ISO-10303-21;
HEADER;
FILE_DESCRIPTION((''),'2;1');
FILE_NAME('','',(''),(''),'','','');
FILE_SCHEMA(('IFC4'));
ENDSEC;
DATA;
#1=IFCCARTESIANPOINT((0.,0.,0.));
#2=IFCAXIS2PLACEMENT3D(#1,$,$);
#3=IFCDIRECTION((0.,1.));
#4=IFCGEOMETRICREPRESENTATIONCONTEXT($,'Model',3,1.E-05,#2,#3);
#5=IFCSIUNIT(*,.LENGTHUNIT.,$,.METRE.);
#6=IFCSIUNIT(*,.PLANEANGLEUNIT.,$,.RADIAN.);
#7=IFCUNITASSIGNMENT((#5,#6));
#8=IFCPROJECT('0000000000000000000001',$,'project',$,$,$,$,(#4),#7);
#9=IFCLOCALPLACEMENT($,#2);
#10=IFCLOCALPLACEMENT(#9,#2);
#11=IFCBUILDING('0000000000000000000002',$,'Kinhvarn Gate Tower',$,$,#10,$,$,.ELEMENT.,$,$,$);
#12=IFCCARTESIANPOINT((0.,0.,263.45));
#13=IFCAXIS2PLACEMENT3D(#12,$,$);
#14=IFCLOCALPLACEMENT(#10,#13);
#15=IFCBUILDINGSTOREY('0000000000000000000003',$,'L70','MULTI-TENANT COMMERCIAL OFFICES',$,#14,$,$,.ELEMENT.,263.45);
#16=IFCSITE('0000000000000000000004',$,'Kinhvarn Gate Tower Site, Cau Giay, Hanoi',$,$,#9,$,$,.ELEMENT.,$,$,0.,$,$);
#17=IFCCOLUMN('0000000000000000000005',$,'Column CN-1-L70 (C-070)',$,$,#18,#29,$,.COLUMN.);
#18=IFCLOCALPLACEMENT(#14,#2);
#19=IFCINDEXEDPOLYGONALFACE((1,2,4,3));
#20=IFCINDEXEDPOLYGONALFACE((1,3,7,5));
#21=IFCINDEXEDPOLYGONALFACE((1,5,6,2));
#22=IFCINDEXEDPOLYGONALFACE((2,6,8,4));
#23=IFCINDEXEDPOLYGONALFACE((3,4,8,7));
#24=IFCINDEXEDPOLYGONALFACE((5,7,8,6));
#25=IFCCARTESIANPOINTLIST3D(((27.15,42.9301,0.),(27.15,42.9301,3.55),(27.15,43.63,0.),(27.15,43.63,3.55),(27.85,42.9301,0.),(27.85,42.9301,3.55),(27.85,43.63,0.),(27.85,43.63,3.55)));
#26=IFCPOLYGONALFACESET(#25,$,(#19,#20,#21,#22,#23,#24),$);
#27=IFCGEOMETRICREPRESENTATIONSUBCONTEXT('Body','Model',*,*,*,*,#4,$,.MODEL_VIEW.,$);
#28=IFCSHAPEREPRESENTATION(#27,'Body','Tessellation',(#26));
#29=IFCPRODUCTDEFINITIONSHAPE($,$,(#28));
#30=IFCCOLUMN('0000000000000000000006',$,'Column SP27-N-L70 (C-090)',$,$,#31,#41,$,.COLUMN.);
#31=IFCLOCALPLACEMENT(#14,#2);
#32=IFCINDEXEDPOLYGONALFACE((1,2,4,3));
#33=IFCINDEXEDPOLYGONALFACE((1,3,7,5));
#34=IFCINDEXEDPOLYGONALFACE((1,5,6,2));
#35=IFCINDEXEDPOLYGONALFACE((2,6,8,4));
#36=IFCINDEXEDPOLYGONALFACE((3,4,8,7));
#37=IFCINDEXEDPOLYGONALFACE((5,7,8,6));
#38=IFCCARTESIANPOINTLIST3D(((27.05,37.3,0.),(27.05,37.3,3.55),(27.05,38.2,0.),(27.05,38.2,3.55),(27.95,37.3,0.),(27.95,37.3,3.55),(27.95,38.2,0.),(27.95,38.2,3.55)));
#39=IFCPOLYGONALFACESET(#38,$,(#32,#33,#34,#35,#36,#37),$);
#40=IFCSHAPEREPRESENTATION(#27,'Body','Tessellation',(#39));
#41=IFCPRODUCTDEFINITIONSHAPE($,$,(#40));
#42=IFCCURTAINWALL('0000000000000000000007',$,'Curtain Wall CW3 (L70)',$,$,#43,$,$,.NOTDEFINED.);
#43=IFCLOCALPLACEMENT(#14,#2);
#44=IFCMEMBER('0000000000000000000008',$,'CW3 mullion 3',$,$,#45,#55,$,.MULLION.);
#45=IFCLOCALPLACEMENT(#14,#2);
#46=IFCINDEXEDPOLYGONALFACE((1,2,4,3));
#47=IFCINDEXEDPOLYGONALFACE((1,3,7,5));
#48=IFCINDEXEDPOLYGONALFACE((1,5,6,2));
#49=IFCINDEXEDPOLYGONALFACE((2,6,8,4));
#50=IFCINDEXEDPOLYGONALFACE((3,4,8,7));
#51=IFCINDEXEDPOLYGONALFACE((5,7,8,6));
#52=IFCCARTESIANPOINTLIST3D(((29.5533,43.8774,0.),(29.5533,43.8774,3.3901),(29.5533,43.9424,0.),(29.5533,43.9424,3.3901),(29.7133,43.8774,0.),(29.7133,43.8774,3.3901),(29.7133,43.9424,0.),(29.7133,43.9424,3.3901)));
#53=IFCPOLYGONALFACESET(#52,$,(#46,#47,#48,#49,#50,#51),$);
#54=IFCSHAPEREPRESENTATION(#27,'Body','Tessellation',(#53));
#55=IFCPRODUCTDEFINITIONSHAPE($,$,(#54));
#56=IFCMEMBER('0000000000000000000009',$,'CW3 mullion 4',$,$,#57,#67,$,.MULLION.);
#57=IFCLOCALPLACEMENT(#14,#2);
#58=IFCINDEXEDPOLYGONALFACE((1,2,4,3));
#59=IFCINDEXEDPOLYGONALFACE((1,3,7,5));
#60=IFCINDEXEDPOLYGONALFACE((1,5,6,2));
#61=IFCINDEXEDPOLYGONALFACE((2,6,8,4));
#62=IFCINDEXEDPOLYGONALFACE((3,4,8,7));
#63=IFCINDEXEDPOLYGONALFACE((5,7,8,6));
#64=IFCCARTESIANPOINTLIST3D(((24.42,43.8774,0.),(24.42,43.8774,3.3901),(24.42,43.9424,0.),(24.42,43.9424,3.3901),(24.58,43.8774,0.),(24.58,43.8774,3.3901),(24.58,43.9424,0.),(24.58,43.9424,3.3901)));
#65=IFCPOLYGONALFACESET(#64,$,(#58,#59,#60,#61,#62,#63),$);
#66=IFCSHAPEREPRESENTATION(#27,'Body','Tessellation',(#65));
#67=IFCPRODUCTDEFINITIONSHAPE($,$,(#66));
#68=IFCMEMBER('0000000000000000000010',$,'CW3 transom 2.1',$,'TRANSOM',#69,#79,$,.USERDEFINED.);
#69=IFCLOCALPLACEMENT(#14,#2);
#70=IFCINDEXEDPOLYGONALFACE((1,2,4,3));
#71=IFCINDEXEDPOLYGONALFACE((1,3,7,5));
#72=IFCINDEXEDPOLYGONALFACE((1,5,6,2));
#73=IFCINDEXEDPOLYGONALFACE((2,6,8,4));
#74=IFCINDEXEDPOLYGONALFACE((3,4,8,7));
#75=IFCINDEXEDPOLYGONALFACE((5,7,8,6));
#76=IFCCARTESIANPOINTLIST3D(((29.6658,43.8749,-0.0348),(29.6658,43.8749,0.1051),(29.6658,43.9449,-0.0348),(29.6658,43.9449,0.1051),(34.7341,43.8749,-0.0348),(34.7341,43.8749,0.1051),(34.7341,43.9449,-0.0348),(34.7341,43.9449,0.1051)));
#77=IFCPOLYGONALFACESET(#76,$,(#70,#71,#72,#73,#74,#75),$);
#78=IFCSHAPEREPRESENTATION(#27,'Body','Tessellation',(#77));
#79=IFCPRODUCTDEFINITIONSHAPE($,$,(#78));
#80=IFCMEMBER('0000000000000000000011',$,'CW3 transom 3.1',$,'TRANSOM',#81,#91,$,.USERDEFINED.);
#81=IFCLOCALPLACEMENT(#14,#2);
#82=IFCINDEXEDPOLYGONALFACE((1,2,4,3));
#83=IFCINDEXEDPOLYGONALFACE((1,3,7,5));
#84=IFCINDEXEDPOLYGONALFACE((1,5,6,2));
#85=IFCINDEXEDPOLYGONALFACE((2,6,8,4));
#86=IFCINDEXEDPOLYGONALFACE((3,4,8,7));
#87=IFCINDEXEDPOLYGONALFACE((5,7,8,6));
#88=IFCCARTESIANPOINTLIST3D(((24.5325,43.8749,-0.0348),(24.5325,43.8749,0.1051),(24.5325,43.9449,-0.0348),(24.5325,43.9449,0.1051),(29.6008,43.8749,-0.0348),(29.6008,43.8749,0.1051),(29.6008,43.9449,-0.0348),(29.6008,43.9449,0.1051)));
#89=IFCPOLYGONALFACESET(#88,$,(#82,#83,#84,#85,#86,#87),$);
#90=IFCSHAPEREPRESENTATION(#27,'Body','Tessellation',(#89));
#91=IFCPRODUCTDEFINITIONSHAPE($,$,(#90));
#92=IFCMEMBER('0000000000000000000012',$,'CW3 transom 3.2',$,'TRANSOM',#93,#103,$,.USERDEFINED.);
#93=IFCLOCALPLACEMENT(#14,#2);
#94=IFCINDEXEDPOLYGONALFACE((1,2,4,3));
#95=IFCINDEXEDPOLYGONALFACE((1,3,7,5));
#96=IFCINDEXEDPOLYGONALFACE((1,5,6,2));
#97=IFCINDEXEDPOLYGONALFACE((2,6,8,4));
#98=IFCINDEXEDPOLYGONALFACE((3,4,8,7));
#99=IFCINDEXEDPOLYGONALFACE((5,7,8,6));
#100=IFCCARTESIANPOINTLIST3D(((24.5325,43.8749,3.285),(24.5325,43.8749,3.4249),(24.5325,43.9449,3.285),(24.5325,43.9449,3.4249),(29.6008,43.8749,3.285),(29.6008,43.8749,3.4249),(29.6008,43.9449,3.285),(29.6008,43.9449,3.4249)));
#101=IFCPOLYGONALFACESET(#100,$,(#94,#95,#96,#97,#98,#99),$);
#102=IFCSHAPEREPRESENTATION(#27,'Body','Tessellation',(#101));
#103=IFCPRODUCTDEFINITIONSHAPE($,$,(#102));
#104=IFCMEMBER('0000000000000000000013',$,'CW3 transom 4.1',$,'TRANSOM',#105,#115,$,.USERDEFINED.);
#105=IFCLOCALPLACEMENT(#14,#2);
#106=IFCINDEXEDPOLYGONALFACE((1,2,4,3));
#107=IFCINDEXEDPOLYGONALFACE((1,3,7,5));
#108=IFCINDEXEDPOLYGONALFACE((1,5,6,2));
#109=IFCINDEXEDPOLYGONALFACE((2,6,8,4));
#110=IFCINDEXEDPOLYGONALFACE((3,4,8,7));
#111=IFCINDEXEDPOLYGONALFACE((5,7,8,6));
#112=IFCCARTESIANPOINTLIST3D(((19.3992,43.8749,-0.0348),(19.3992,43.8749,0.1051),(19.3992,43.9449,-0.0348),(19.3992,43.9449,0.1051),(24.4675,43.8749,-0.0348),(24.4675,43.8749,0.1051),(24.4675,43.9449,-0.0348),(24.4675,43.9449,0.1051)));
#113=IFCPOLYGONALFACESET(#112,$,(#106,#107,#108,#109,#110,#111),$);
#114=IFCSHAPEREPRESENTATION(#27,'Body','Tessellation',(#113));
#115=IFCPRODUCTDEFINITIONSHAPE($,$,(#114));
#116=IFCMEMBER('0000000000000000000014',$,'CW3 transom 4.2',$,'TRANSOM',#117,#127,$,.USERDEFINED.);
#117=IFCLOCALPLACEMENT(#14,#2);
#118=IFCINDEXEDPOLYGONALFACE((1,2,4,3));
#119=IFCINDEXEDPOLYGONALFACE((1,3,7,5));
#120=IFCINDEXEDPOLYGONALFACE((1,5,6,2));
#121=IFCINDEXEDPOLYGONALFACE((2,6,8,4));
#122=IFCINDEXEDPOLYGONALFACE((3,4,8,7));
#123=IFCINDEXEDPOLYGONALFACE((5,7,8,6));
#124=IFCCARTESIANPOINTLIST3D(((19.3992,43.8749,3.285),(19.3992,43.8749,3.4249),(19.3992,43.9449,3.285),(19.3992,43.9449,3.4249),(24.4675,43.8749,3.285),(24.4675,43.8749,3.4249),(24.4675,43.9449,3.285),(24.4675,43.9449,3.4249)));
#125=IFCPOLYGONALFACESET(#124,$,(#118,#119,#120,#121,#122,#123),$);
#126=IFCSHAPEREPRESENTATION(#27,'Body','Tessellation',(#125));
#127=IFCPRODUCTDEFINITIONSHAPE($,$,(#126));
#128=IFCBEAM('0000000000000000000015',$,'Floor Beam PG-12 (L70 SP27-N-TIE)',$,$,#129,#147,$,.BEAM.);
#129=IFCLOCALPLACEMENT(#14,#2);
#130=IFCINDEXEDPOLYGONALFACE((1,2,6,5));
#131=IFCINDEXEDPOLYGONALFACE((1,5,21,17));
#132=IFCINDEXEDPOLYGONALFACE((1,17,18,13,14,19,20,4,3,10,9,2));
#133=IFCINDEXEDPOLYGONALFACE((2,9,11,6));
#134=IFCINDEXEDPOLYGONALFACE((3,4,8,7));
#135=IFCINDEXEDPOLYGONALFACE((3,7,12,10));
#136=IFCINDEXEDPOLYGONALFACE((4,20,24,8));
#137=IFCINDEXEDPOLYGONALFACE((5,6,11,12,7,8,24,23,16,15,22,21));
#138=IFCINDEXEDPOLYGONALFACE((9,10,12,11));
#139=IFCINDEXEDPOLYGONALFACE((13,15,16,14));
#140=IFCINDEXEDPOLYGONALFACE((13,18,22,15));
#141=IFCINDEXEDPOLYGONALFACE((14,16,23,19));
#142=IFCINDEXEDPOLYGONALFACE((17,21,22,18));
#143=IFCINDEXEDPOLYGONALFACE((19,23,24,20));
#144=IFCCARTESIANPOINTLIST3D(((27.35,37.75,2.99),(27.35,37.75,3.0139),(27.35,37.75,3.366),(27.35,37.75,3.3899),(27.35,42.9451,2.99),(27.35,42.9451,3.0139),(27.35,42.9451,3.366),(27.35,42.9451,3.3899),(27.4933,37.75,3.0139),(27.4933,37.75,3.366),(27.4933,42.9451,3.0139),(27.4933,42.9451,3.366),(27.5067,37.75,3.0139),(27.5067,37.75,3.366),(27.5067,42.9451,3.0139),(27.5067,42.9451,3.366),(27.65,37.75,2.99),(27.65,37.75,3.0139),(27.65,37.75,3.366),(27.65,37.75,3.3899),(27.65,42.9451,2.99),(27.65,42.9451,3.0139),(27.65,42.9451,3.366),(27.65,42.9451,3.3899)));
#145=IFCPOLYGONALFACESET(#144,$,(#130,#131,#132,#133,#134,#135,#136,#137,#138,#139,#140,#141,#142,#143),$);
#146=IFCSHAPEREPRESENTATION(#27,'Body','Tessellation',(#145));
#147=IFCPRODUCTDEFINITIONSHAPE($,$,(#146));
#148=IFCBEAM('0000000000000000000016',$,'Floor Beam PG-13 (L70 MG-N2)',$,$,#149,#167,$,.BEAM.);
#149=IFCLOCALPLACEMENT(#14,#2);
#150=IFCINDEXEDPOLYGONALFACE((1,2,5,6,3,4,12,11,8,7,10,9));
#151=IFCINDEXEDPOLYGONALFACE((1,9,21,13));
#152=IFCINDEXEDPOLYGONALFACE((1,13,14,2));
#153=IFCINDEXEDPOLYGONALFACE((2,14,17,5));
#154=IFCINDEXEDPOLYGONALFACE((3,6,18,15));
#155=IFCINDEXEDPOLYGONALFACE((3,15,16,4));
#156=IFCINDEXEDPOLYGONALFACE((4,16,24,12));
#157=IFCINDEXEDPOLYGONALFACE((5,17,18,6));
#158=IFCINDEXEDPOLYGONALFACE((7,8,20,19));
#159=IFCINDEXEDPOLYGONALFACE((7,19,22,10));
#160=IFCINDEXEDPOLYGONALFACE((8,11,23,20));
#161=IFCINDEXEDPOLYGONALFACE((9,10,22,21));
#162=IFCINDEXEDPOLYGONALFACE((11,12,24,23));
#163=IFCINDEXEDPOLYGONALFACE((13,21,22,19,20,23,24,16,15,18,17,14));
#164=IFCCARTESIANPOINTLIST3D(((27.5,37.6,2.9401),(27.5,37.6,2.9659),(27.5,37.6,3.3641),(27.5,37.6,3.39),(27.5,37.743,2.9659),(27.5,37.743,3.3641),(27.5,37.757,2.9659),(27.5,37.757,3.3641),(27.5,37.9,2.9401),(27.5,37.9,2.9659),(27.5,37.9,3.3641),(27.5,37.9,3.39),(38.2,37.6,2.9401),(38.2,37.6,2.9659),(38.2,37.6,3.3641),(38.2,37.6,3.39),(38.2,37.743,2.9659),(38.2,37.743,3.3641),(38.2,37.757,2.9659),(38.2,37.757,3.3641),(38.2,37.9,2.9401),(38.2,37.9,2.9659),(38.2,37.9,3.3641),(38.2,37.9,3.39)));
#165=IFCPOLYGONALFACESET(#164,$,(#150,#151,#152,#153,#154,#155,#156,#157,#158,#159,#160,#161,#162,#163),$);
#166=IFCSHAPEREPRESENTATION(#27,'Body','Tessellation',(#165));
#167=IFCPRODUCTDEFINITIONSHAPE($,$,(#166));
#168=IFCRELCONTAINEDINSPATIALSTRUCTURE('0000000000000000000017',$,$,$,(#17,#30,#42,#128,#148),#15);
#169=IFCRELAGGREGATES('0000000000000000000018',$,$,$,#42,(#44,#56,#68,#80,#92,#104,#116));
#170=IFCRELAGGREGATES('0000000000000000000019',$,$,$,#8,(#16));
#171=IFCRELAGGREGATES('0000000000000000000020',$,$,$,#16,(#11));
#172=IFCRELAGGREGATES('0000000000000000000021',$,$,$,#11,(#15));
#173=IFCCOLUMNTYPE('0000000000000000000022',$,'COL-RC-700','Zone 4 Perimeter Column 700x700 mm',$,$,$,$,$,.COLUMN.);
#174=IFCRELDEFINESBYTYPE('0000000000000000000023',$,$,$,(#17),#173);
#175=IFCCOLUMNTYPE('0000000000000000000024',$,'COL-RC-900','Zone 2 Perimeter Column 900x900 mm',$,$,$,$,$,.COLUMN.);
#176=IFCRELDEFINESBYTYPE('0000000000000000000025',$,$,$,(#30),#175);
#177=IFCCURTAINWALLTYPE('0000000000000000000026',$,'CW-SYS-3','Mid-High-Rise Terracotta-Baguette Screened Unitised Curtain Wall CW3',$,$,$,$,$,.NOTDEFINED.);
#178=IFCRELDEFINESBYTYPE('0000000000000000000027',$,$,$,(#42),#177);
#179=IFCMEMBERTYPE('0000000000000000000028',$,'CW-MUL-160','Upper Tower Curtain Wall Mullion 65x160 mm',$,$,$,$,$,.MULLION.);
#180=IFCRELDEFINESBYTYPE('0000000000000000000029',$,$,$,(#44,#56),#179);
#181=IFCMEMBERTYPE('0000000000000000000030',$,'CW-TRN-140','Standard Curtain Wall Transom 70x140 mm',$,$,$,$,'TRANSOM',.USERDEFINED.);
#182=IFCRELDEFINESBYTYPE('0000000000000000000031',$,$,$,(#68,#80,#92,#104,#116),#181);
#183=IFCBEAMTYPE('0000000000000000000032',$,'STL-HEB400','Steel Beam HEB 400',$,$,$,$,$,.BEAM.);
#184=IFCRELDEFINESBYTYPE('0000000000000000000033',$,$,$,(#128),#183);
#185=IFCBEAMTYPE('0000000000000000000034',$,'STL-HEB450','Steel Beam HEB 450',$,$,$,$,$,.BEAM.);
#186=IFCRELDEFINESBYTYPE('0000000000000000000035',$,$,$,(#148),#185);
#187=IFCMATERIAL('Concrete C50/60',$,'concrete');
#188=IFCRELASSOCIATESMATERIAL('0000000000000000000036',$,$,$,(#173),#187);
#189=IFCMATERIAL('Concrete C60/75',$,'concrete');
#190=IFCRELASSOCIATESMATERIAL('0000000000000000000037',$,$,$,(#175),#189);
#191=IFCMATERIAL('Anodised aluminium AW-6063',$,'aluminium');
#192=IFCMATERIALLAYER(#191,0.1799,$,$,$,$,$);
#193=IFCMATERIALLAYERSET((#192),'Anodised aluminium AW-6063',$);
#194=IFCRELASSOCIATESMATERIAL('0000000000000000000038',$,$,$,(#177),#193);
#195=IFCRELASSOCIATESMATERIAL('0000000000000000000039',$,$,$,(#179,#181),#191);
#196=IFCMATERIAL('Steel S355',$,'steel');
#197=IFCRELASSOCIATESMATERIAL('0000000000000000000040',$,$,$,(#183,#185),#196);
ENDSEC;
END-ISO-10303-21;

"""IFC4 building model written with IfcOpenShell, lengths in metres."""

from ifc_helpers import new_model, si_unit, direction, frame, origin, origin_2d, place, context, subcontext, project, spatial, rectangle, i_section, extrude, material, layer, layer_set, material_profile, profile_set, type_object, element, aggregate, save


model = new_model("IFC4")

# Units and contexts
model_context = context("Model", 3, precision=1e-05, world=origin(), true_north=direction((0.0, 1.0)))
body_context = subcontext(model_context, "Body", "Model", "MODEL_VIEW")
ifc_project = project(units=[si_unit("LENGTHUNIT", "METRE"), si_unit("PLANEANGLEUNIT", "RADIAN")], contexts=[model_context])

# Site, building, storey
site_placement = place(None, origin())
site = spatial("IfcSite", under=ifc_project, at=site_placement, Name="Kinhvarn Gate Tower Site, Cau Giay, Hanoi", CompositionType="ELEMENT", RefElevation=0.0)
building_placement = place(site_placement, origin())
building = spatial("IfcBuilding", under=site, at=building_placement, Name="Kinhvarn Gate Tower", CompositionType="ELEMENT")
storey_placement = place(building_placement, frame((0.0, 0.0, 263.45)))
storey = spatial("IfcBuildingStorey", under=building, at=storey_placement, Name="L70", Description="MULTI-TENANT COMMERCIAL OFFICES", CompositionType="ELEMENT", Elevation=263.45)

# Columns
ifc_material_1 = material(Name="Concrete C50/60", Category="concrete")
ifc_material_profile_1 = material_profile(ifc_material_1, rectangle(XDim=0.7, YDim=0.7, at=origin_2d()), Name="RC 700x700")
ifc_profile_set_1 = profile_set([ifc_material_profile_1], Name="Concrete C50/60")
column_type_1 = type_object("IfcColumnType", Name="COL-RC-700", Description="Zone 4 Perimeter Column 700x700 mm", PredefinedType="COLUMN", material=ifc_profile_set_1)
column_1_placement = place(storey_placement, frame((27.5, 43.28, 0.0), z_axis=(0.0, 0.0, 1.0), x_axis=(1.0, 0.0, 0.0)))
element("IfcColumn", 1, at=column_1_placement, inside=storey, type_object=column_type_1, Name="Column CN-1-L70 (C-070)", PredefinedType="COLUMN", context=body_context, shape_type="SweptSolid", body=[
    extrude(rectangle(XDim=0.7, YDim=0.7, at=origin_2d()), origin(), (0.0, 0.0, 1.0), 3.55),
])
ifc_material_2 = material(Name="Concrete C60/75", Category="concrete")
ifc_material_profile_2 = material_profile(ifc_material_2, rectangle(XDim=0.8999, YDim=0.8999, at=origin_2d()), Name="RC 900x900")
ifc_profile_set_2 = profile_set([ifc_material_profile_2], Name="Concrete C60/75")
column_type_2 = type_object("IfcColumnType", Name="COL-RC-900", Description="Zone 2 Perimeter Column 900x900 mm", PredefinedType="COLUMN", material=ifc_profile_set_2)
column_2_placement = place(storey_placement, frame((27.5, 37.75, 0.0), z_axis=(0.0, 0.0, 1.0), x_axis=(1.0, 0.0, 0.0)))
element("IfcColumn", 2, at=column_2_placement, inside=storey, type_object=column_type_2, Name="Column SP27-N-L70 (C-090)", PredefinedType="COLUMN", context=body_context, shape_type="SweptSolid", body=[
    extrude(rectangle(XDim=0.8999, YDim=0.8999, at=origin_2d()), origin(), (0.0, 0.0, 1.0), 3.55),
])

# Curtain wall, members
ifc_material_3 = material(Name="Anodised aluminium AW-6063", Category="aluminium")
ifc_layer_1 = layer(ifc_material_3, 0.1799)
ifc_layer_set_1 = layer_set([ifc_layer_1], Name="Anodised aluminium AW-6063")
curtain_wall_type = type_object("IfcCurtainWallType", Name="CW-SYS-3", Description="Mid-High-Rise Terracotta-Baguette Screened Unitised Curtain Wall CW3", PredefinedType="NOTDEFINED", material=ifc_layer_set_1)
curtain_wall_placement = place(storey_placement, origin())
curtain_wall = element("IfcCurtainWall", 3, at=curtain_wall_placement, inside=storey, type_object=curtain_wall_type, Name="Curtain Wall CW3 (L70)", PredefinedType="NOTDEFINED")
ifc_material_profile_3 = material_profile(ifc_material_3, rectangle(XDim=0.0649, YDim=0.1599, at=origin_2d()), Name="ALU 65x160")
ifc_profile_set_3 = profile_set([ifc_material_profile_3], Name="Anodised aluminium AW-6063")
member_type_1 = type_object("IfcMemberType", Name="CW-MUL-160", Description="Upper Tower Curtain Wall Mullion 65x160 mm", PredefinedType="MULLION", material=ifc_profile_set_3)
member_1_placement = place(storey_placement, frame((29.6333, 43.9099, 0.0), z_axis=(0.0, 0.0, 1.0), x_axis=(0.0, -1.0, 0.0)))
member_1 = element("IfcMember", 4, at=member_1_placement, type_object=member_type_1, Name="CW3 mullion 3", PredefinedType="MULLION", context=body_context, shape_type="SweptSolid", body=[
    extrude(rectangle(XDim=0.0649, YDim=0.1599, at=origin_2d()), origin(), (0.0, 0.0, 1.0), 3.3901),
])
member_2_placement = place(storey_placement, frame((24.5, 43.9099, 0.0), z_axis=(0.0, 0.0, 1.0), x_axis=(0.0, -1.0, 0.0)))
member_2 = element("IfcMember", 5, at=member_2_placement, type_object=member_type_1, Name="CW3 mullion 4", PredefinedType="MULLION", context=body_context, shape_type="SweptSolid", body=[
    extrude(rectangle(XDim=0.0649, YDim=0.1599, at=origin_2d()), origin(), (0.0, 0.0, 1.0), 3.3901),
])
ifc_material_profile_4 = material_profile(ifc_material_3, rectangle(XDim=0.0701, YDim=0.1399, at=origin_2d()), Name="ALU 70x140")
ifc_profile_set_4 = profile_set([ifc_material_profile_4], Name="Anodised aluminium AW-6063")
member_type_2 = type_object("IfcMemberType", Name="CW-TRN-140", Description="Standard Curtain Wall Transom 70x140 mm", ElementType="TRANSOM", PredefinedType="USERDEFINED", material=ifc_profile_set_4)
member_3_placement = place(storey_placement, frame((34.7341, 43.9099, 0.0352), z_axis=(-1.0, 0.0, 0.0), x_axis=(0.0, -1.0, 0.0)))
member_3 = element("IfcMember", 6, at=member_3_placement, type_object=member_type_2, Name="CW3 transom 2.1", ObjectType="TRANSOM", PredefinedType="USERDEFINED", context=body_context, shape_type="SweptSolid", body=[
    extrude(rectangle(XDim=0.0701, YDim=0.1399, at=origin_2d()), origin(), (0.0, 0.0, 1.0), 5.0684),
])
member_4_placement = place(storey_placement, frame((29.6008, 43.9099, 0.0352), z_axis=(-1.0, 0.0, 0.0), x_axis=(0.0, -1.0, 0.0)))
member_4 = element("IfcMember", 7, at=member_4_placement, type_object=member_type_2, Name="CW3 transom 3.1", ObjectType="TRANSOM", PredefinedType="USERDEFINED", context=body_context, shape_type="SweptSolid", body=[
    extrude(rectangle(XDim=0.0701, YDim=0.1399, at=origin_2d()), origin(), (0.0, 0.0, 1.0), 5.0684),
])
member_5_placement = place(storey_placement, frame((29.6008, 43.9099, 3.355), z_axis=(-1.0, 0.0, 0.0), x_axis=(0.0, -1.0, 0.0)))
member_5 = element("IfcMember", 8, at=member_5_placement, type_object=member_type_2, Name="CW3 transom 3.2", ObjectType="TRANSOM", PredefinedType="USERDEFINED", context=body_context, shape_type="SweptSolid", body=[
    extrude(rectangle(XDim=0.0701, YDim=0.1399, at=origin_2d()), origin(), (0.0, 0.0, 1.0), 5.0684),
])
member_6_placement = place(storey_placement, frame((24.4675, 43.9099, 0.0352), z_axis=(-1.0, 0.0, 0.0), x_axis=(0.0, -1.0, 0.0)))
member_6 = element("IfcMember", 9, at=member_6_placement, type_object=member_type_2, Name="CW3 transom 4.1", ObjectType="TRANSOM", PredefinedType="USERDEFINED", context=body_context, shape_type="SweptSolid", body=[
    extrude(rectangle(XDim=0.0701, YDim=0.1399, at=origin_2d()), origin(), (0.0, 0.0, 1.0), 5.0684),
])
member_7_placement = place(storey_placement, frame((24.4675, 43.9099, 3.355), z_axis=(-1.0, 0.0, 0.0), x_axis=(0.0, -1.0, 0.0)))
member_7 = element("IfcMember", 10, at=member_7_placement, type_object=member_type_2, Name="CW3 transom 4.2", ObjectType="TRANSOM", PredefinedType="USERDEFINED", context=body_context, shape_type="SweptSolid", body=[
    extrude(rectangle(XDim=0.0701, YDim=0.1399, at=origin_2d()), origin(), (0.0, 0.0, 1.0), 5.0684),
])

# Beams
ifc_material_4 = material(Name="Steel S355", Category="steel")
ifc_material_profile_5 = material_profile(ifc_material_4, i_section(OverallWidth=0.3, OverallDepth=0.3999, WebThickness=0.0134, FlangeThickness=0.0239, at=origin_2d()), Name="HEB 400")
ifc_profile_set_5 = profile_set([ifc_material_profile_5], Name="Steel S355")
beam_type_1 = type_object("IfcBeamType", Name="STL-HEB400", Description="Steel Beam HEB 400", PredefinedType="BEAM", material=ifc_profile_set_5)
beam_1_placement = place(storey_placement, frame((27.5, 37.75, 3.1899), z_axis=(0.0, 1.0, 0.0), x_axis=(-1.0, 0.0, 0.0)))
element("IfcBeam", 11, at=beam_1_placement, inside=storey, type_object=beam_type_1, Name="Floor Beam PG-12 (L70 SP27-N-TIE)", PredefinedType="BEAM", context=body_context, shape_type="SweptSolid", body=[
    extrude(i_section(OverallWidth=0.3, OverallDepth=0.3999, WebThickness=0.0134, FlangeThickness=0.0239, at=origin_2d()), origin(), (0.0, 0.0, 1.0), 5.1951),
])
ifc_material_profile_6 = material_profile(ifc_material_4, i_section(OverallWidth=0.3, OverallDepth=0.45, WebThickness=0.0139, FlangeThickness=0.0259, at=origin_2d()), Name="HEB 450")
ifc_profile_set_6 = profile_set([ifc_material_profile_6], Name="Steel S355")
beam_type_2 = type_object("IfcBeamType", Name="STL-HEB450", Description="Steel Beam HEB 450", PredefinedType="BEAM", material=ifc_profile_set_6)
beam_2_placement = place(storey_placement, frame((27.5, 37.75, 3.165), z_axis=(1.0, 0.0, 0.0), x_axis=(0.0, 1.0, 0.0)))
element("IfcBeam", 12, at=beam_2_placement, inside=storey, type_object=beam_type_2, Name="Floor Beam PG-13 (L70 MG-N2)", PredefinedType="BEAM", context=body_context, shape_type="SweptSolid", body=[
    extrude(i_section(OverallWidth=0.3, OverallDepth=0.45, WebThickness=0.0139, FlangeThickness=0.0259, at=origin_2d()), origin(), (0.0, 0.0, 1.0), 10.7),
])

aggregate(curtain_wall, [member_1, member_2, member_3, member_4, member_5, member_6, member_7])

save(model, "model.ifc")
